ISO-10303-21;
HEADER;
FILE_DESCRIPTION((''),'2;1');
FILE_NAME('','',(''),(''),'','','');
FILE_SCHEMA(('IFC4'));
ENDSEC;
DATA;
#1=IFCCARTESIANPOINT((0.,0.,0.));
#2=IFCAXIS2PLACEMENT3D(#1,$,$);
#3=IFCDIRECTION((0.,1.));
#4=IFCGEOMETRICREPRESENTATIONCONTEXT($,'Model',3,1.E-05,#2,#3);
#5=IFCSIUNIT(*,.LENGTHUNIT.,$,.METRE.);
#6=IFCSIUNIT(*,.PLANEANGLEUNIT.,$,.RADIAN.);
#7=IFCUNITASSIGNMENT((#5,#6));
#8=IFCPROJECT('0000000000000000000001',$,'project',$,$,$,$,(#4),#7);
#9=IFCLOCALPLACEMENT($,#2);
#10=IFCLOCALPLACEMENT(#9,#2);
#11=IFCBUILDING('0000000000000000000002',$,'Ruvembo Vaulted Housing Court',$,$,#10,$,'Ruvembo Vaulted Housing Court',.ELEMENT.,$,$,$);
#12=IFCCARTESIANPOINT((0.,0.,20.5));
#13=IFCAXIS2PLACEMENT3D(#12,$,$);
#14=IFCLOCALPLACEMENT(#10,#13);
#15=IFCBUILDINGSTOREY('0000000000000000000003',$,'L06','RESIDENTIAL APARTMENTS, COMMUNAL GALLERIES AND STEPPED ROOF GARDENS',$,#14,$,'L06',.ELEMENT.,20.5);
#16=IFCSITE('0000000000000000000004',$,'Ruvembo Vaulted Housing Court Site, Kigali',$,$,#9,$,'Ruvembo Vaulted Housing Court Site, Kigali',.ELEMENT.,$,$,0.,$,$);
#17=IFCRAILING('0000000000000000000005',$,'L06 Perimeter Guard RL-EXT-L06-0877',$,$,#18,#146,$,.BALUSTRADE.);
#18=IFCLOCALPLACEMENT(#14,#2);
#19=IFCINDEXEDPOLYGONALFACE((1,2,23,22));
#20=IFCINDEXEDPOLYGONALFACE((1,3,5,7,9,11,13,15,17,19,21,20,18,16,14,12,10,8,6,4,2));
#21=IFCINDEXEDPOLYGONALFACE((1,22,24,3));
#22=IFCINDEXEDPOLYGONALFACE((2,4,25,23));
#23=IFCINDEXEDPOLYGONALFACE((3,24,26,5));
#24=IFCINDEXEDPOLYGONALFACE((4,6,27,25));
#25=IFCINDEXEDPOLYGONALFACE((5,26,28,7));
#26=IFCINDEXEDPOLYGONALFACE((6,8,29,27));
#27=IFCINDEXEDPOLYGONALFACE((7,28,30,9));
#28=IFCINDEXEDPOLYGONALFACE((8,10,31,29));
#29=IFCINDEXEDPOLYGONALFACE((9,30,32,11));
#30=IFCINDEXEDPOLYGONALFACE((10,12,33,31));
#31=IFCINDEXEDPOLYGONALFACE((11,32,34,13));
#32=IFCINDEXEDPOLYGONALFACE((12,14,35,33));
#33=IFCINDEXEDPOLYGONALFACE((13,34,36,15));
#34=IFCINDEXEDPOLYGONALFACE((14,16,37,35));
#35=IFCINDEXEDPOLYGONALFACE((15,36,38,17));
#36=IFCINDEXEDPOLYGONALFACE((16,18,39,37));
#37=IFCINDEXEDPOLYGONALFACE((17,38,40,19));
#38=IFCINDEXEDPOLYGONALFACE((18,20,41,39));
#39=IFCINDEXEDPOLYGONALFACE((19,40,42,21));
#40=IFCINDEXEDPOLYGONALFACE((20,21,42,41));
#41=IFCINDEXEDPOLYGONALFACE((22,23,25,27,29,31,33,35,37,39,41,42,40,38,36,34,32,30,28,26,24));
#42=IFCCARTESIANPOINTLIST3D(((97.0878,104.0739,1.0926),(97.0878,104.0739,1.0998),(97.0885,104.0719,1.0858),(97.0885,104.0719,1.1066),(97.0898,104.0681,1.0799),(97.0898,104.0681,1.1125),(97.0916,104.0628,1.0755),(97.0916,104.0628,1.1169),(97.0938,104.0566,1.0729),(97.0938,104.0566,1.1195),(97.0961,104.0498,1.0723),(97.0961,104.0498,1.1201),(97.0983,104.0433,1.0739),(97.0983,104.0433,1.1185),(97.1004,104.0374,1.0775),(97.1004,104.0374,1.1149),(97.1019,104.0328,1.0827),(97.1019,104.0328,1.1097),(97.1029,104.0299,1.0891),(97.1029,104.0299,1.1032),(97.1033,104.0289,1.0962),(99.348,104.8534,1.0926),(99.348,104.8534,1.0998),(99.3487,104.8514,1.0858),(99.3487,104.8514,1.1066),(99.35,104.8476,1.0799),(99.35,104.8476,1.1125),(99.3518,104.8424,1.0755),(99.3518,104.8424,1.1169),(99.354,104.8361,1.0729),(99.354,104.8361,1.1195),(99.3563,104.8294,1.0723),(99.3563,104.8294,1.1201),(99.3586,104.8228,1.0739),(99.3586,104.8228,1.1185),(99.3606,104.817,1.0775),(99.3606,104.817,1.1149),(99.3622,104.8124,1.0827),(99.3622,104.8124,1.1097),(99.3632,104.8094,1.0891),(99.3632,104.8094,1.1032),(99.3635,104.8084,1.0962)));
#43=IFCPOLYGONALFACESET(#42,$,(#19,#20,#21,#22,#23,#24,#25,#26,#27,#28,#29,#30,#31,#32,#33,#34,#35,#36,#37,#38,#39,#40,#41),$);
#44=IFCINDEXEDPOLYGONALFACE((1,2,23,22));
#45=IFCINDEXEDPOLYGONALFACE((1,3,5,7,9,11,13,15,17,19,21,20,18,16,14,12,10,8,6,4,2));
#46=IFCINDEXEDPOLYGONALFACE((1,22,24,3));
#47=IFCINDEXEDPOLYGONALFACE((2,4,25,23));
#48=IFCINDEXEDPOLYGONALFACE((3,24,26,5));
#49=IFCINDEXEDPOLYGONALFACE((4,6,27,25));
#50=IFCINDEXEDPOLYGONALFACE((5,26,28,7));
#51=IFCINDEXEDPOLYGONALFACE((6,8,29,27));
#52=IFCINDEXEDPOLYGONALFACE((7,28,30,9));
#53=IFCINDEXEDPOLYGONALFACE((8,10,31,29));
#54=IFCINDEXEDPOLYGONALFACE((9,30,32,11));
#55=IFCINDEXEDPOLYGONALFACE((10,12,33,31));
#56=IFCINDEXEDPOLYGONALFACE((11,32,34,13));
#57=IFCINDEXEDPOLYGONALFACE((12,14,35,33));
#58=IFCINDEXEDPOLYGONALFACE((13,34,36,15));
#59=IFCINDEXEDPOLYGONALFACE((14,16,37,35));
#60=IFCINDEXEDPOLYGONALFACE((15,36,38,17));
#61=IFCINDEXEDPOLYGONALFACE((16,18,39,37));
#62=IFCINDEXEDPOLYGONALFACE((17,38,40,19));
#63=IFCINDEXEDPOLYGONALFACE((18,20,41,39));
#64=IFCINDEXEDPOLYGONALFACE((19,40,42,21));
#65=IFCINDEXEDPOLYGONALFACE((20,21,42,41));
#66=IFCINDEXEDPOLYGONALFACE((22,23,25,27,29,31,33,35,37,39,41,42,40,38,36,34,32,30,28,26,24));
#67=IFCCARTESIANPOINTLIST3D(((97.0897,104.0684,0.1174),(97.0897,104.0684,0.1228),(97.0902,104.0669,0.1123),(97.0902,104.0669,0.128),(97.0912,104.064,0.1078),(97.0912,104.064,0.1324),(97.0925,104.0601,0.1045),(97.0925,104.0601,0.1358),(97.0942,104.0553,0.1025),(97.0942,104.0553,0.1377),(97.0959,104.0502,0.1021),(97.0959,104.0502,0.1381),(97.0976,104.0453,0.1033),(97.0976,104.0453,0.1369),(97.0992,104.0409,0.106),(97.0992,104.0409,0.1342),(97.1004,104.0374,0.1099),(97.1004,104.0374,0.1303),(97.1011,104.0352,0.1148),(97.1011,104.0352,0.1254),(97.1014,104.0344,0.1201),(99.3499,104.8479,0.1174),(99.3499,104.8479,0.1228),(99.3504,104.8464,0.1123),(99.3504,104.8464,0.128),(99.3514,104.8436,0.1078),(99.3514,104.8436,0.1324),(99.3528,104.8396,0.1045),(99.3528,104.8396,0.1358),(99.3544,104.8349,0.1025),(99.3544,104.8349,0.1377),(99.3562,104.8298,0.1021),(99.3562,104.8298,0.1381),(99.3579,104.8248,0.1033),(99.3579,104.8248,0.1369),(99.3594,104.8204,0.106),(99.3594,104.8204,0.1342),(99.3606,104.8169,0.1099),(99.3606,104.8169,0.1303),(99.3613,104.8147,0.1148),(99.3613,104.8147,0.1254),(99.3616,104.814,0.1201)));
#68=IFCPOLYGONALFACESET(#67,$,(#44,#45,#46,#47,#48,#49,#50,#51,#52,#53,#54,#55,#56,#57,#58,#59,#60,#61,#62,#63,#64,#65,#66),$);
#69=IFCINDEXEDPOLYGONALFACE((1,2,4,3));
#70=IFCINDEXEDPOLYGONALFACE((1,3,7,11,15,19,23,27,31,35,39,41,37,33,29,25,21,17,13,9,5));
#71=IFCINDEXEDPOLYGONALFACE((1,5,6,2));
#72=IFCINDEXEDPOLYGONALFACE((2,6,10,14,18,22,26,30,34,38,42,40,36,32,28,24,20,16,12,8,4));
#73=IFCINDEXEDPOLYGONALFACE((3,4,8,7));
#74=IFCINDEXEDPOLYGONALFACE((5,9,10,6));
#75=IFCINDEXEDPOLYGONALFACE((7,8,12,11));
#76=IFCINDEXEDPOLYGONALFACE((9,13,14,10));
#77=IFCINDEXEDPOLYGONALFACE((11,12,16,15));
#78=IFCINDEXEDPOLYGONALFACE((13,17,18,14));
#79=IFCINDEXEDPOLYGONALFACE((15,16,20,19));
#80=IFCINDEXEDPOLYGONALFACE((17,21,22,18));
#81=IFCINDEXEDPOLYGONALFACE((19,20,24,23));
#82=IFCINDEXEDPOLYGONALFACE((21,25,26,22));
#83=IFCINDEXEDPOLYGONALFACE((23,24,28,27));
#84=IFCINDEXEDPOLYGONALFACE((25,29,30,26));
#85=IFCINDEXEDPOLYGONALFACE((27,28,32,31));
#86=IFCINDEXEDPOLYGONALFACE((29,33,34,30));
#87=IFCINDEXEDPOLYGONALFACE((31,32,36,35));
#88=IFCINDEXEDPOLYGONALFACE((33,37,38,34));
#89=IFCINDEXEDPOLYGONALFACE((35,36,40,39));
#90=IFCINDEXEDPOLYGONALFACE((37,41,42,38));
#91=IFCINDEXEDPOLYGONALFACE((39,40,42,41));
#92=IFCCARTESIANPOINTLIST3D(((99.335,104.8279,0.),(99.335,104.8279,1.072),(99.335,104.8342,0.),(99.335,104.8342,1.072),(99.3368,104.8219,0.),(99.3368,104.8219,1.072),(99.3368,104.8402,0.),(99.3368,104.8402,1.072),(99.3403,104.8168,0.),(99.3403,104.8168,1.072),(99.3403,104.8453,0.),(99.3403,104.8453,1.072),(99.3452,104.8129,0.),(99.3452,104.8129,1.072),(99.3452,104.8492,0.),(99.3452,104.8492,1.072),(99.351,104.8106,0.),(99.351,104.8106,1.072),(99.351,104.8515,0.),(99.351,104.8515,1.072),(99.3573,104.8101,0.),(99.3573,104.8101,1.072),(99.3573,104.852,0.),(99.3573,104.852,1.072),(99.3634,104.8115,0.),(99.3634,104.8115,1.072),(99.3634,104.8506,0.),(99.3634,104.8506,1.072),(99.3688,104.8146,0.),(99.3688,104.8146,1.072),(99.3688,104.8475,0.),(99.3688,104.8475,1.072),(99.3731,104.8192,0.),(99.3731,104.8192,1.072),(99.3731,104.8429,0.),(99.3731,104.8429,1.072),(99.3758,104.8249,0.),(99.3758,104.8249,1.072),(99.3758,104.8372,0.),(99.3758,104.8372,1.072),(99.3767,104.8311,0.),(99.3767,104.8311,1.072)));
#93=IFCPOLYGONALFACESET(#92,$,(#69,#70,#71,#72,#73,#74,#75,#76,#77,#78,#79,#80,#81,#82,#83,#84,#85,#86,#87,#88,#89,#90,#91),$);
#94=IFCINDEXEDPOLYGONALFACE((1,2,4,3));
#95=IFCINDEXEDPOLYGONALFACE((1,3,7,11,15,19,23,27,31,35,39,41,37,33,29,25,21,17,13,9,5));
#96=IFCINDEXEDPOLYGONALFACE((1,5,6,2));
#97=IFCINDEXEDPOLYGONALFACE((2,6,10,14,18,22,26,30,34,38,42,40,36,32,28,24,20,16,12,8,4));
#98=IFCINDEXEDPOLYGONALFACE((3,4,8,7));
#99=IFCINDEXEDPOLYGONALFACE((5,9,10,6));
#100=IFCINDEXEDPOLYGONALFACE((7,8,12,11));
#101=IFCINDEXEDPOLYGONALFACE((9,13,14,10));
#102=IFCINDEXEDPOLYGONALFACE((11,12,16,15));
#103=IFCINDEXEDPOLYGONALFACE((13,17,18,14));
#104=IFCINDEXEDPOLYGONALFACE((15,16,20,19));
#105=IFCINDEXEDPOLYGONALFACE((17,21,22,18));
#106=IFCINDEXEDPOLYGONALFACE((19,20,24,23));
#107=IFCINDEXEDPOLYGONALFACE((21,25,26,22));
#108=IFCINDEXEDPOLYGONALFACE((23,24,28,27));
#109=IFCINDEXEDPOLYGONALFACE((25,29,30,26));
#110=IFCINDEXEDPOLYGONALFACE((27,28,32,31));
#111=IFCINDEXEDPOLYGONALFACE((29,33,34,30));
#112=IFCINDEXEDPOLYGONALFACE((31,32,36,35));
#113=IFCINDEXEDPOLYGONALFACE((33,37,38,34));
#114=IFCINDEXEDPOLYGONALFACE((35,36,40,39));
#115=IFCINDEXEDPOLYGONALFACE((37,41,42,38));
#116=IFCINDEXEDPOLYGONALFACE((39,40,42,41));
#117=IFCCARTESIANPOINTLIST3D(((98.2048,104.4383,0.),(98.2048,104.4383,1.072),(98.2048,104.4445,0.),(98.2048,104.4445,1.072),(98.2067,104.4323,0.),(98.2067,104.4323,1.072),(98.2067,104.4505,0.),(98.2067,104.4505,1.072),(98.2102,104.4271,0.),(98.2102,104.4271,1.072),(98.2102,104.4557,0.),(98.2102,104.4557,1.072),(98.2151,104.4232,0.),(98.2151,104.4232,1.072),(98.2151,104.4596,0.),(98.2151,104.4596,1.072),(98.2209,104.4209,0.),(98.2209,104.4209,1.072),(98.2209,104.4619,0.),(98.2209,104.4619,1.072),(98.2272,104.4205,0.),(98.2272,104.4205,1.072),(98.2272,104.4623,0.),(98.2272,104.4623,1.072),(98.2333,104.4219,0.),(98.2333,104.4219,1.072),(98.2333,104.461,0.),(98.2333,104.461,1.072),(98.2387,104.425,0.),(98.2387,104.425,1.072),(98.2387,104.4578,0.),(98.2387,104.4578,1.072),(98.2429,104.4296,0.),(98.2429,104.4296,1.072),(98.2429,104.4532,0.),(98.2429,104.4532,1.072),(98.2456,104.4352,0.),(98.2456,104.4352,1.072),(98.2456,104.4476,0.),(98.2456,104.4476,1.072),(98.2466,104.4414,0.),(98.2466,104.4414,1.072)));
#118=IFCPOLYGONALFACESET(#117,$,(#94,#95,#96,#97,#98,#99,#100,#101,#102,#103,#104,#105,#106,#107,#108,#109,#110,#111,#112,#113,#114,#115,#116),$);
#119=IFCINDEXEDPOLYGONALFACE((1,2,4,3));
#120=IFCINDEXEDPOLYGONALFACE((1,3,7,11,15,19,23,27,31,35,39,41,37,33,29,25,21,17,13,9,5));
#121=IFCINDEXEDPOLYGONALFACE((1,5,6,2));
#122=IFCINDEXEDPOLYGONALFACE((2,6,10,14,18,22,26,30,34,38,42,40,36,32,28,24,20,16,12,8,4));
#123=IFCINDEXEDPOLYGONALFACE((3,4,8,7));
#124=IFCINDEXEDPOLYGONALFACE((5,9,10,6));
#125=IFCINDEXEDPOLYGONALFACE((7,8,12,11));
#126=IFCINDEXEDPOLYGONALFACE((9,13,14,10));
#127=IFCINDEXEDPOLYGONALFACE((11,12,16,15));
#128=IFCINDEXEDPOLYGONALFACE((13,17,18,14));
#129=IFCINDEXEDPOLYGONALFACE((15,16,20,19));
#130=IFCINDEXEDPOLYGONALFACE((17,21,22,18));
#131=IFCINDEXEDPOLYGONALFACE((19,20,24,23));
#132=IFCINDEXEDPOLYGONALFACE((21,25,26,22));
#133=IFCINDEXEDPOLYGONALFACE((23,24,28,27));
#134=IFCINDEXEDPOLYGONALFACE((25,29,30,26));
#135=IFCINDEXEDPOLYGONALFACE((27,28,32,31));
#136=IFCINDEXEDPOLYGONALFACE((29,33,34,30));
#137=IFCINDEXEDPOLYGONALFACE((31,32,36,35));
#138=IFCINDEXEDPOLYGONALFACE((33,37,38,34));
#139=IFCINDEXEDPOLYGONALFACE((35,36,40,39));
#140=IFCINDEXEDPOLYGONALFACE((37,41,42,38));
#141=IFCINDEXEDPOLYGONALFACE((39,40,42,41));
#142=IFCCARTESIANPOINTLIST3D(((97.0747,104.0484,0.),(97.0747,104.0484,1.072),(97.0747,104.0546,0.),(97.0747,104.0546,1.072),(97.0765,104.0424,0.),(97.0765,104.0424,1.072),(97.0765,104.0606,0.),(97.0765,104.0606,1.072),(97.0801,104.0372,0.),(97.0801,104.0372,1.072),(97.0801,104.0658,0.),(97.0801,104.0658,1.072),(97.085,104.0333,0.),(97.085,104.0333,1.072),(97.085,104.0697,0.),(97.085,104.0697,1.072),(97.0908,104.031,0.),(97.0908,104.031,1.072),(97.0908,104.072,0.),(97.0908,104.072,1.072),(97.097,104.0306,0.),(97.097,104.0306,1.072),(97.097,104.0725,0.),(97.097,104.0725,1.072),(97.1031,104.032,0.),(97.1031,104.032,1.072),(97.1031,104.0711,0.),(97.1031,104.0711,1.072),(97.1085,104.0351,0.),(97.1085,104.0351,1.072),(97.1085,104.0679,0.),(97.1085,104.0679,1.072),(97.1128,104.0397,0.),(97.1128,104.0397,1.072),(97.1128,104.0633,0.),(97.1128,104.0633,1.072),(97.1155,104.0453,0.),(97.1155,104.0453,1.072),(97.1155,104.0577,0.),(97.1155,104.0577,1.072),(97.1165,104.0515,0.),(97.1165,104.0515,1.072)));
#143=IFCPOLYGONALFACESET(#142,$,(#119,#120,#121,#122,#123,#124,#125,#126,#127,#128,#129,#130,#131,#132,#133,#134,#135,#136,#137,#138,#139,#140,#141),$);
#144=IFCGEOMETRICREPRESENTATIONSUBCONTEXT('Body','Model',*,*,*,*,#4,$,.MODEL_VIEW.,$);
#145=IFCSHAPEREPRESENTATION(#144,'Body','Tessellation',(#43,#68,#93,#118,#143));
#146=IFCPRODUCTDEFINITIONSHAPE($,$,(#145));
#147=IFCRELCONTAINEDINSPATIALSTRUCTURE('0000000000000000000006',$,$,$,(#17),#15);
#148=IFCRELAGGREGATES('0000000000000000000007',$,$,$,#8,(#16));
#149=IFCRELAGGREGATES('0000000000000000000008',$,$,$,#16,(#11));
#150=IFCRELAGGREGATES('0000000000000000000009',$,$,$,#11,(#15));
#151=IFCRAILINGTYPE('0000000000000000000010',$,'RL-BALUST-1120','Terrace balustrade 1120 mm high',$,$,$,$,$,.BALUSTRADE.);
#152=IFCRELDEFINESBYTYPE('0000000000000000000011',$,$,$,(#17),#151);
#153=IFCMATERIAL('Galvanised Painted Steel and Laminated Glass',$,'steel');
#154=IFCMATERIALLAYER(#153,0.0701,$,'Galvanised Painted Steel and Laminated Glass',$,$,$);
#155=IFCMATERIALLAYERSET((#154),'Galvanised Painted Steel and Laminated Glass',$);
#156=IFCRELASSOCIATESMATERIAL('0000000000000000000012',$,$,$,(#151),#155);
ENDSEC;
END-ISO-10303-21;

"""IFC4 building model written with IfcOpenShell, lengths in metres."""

from ifc_helpers import new_model, si_unit, direction, frame, origin, origin_2d, place, context, subcontext, project, spatial, circle, extrude, material, layer, layer_set, type_object, element, save


model = new_model("IFC4")

# Units and contexts
model_context = context("Model", 3, precision=1e-05, world=origin(), true_north=direction((0.0, 1.0)))
body_context = subcontext(model_context, "Body", "Model", "MODEL_VIEW")
ifc_project = project(units=[si_unit("LENGTHUNIT", "METRE"), si_unit("PLANEANGLEUNIT", "RADIAN")], contexts=[model_context])

# Site, building, storey
site_placement = place(None, origin())
site = spatial("IfcSite", under=ifc_project, at=site_placement, Name="Ruvembo Vaulted Housing Court Site, Kigali", LongName="Ruvembo Vaulted Housing Court Site, Kigali", CompositionType="ELEMENT", RefElevation=0.0)
building_placement = place(site_placement, origin())
building = spatial("IfcBuilding", under=site, at=building_placement, Name="Ruvembo Vaulted Housing Court", LongName="Ruvembo Vaulted Housing Court", CompositionType="ELEMENT")
storey_placement = place(building_placement, frame((0.0, 0.0, 20.5)))
storey = spatial("IfcBuildingStorey", under=building, at=storey_placement, Name="L06", Description="RESIDENTIAL APARTMENTS, COMMUNAL GALLERIES AND STEPPED ROOF GARDENS", LongName="L06", CompositionType="ELEMENT", Elevation=20.5)

# Railing
ifc_material_1 = material(Name="Galvanised Painted Steel and Laminated Glass", Category="steel")
ifc_layer = layer(ifc_material_1, 0.0701, Name="Galvanised Painted Steel and Laminated Glass")
ifc_layer_set = layer_set([ifc_layer], Name="Galvanised Painted Steel and Laminated Glass")
railing_type = type_object("IfcRailingType", Name="RL-BALUST-1120", Description="Terrace balustrade 1120 mm high", PredefinedType="BALUSTRADE", material=ifc_layer_set)
railing_1_placement = place(storey_placement, frame((99.3557, 104.8311, 0.0)))
element("IfcRailing", 1, at=railing_1_placement, inside=storey, type_object=railing_type, Name="L06 Perimeter Guard RL-EXT-L06-0877", PredefinedType="BALUSTRADE", context=body_context, shape_type="SweptSolid", body=[
    extrude(circle(Radius=0.0239, at=origin_2d()), frame((0.0, 0.0, 1.0962), z_axis=(-0.945355, -0.326044, 0.0), x_axis=(0.326044, -0.945355, 0.0)), (0.0, 0.0, 1.0), 2.3909),
    extrude(circle(Radius=0.0181, at=origin_2d()), frame((0.0, 0.0, 0.1201), z_axis=(-0.945355, -0.326044, 0.0), x_axis=(0.326044, -0.945355, 0.0)), (0.0, 0.0, 1.0), 2.3909),
    extrude(circle(Radius=0.021, at=origin_2d()), origin(), (0.0, 0.0, 1.0), 1.072),
    extrude(circle(Radius=0.021, at=origin_2d()), frame((-1.1301, -0.3896, 0.0)), (0.0, 0.0, 1.0), 1.072),
    extrude(circle(Radius=0.021, at=origin_2d()), frame((-2.2603, -0.7795, 0.0)), (0.0, 0.0, 1.0), 1.072),
])

save(model, "model.ifc")
